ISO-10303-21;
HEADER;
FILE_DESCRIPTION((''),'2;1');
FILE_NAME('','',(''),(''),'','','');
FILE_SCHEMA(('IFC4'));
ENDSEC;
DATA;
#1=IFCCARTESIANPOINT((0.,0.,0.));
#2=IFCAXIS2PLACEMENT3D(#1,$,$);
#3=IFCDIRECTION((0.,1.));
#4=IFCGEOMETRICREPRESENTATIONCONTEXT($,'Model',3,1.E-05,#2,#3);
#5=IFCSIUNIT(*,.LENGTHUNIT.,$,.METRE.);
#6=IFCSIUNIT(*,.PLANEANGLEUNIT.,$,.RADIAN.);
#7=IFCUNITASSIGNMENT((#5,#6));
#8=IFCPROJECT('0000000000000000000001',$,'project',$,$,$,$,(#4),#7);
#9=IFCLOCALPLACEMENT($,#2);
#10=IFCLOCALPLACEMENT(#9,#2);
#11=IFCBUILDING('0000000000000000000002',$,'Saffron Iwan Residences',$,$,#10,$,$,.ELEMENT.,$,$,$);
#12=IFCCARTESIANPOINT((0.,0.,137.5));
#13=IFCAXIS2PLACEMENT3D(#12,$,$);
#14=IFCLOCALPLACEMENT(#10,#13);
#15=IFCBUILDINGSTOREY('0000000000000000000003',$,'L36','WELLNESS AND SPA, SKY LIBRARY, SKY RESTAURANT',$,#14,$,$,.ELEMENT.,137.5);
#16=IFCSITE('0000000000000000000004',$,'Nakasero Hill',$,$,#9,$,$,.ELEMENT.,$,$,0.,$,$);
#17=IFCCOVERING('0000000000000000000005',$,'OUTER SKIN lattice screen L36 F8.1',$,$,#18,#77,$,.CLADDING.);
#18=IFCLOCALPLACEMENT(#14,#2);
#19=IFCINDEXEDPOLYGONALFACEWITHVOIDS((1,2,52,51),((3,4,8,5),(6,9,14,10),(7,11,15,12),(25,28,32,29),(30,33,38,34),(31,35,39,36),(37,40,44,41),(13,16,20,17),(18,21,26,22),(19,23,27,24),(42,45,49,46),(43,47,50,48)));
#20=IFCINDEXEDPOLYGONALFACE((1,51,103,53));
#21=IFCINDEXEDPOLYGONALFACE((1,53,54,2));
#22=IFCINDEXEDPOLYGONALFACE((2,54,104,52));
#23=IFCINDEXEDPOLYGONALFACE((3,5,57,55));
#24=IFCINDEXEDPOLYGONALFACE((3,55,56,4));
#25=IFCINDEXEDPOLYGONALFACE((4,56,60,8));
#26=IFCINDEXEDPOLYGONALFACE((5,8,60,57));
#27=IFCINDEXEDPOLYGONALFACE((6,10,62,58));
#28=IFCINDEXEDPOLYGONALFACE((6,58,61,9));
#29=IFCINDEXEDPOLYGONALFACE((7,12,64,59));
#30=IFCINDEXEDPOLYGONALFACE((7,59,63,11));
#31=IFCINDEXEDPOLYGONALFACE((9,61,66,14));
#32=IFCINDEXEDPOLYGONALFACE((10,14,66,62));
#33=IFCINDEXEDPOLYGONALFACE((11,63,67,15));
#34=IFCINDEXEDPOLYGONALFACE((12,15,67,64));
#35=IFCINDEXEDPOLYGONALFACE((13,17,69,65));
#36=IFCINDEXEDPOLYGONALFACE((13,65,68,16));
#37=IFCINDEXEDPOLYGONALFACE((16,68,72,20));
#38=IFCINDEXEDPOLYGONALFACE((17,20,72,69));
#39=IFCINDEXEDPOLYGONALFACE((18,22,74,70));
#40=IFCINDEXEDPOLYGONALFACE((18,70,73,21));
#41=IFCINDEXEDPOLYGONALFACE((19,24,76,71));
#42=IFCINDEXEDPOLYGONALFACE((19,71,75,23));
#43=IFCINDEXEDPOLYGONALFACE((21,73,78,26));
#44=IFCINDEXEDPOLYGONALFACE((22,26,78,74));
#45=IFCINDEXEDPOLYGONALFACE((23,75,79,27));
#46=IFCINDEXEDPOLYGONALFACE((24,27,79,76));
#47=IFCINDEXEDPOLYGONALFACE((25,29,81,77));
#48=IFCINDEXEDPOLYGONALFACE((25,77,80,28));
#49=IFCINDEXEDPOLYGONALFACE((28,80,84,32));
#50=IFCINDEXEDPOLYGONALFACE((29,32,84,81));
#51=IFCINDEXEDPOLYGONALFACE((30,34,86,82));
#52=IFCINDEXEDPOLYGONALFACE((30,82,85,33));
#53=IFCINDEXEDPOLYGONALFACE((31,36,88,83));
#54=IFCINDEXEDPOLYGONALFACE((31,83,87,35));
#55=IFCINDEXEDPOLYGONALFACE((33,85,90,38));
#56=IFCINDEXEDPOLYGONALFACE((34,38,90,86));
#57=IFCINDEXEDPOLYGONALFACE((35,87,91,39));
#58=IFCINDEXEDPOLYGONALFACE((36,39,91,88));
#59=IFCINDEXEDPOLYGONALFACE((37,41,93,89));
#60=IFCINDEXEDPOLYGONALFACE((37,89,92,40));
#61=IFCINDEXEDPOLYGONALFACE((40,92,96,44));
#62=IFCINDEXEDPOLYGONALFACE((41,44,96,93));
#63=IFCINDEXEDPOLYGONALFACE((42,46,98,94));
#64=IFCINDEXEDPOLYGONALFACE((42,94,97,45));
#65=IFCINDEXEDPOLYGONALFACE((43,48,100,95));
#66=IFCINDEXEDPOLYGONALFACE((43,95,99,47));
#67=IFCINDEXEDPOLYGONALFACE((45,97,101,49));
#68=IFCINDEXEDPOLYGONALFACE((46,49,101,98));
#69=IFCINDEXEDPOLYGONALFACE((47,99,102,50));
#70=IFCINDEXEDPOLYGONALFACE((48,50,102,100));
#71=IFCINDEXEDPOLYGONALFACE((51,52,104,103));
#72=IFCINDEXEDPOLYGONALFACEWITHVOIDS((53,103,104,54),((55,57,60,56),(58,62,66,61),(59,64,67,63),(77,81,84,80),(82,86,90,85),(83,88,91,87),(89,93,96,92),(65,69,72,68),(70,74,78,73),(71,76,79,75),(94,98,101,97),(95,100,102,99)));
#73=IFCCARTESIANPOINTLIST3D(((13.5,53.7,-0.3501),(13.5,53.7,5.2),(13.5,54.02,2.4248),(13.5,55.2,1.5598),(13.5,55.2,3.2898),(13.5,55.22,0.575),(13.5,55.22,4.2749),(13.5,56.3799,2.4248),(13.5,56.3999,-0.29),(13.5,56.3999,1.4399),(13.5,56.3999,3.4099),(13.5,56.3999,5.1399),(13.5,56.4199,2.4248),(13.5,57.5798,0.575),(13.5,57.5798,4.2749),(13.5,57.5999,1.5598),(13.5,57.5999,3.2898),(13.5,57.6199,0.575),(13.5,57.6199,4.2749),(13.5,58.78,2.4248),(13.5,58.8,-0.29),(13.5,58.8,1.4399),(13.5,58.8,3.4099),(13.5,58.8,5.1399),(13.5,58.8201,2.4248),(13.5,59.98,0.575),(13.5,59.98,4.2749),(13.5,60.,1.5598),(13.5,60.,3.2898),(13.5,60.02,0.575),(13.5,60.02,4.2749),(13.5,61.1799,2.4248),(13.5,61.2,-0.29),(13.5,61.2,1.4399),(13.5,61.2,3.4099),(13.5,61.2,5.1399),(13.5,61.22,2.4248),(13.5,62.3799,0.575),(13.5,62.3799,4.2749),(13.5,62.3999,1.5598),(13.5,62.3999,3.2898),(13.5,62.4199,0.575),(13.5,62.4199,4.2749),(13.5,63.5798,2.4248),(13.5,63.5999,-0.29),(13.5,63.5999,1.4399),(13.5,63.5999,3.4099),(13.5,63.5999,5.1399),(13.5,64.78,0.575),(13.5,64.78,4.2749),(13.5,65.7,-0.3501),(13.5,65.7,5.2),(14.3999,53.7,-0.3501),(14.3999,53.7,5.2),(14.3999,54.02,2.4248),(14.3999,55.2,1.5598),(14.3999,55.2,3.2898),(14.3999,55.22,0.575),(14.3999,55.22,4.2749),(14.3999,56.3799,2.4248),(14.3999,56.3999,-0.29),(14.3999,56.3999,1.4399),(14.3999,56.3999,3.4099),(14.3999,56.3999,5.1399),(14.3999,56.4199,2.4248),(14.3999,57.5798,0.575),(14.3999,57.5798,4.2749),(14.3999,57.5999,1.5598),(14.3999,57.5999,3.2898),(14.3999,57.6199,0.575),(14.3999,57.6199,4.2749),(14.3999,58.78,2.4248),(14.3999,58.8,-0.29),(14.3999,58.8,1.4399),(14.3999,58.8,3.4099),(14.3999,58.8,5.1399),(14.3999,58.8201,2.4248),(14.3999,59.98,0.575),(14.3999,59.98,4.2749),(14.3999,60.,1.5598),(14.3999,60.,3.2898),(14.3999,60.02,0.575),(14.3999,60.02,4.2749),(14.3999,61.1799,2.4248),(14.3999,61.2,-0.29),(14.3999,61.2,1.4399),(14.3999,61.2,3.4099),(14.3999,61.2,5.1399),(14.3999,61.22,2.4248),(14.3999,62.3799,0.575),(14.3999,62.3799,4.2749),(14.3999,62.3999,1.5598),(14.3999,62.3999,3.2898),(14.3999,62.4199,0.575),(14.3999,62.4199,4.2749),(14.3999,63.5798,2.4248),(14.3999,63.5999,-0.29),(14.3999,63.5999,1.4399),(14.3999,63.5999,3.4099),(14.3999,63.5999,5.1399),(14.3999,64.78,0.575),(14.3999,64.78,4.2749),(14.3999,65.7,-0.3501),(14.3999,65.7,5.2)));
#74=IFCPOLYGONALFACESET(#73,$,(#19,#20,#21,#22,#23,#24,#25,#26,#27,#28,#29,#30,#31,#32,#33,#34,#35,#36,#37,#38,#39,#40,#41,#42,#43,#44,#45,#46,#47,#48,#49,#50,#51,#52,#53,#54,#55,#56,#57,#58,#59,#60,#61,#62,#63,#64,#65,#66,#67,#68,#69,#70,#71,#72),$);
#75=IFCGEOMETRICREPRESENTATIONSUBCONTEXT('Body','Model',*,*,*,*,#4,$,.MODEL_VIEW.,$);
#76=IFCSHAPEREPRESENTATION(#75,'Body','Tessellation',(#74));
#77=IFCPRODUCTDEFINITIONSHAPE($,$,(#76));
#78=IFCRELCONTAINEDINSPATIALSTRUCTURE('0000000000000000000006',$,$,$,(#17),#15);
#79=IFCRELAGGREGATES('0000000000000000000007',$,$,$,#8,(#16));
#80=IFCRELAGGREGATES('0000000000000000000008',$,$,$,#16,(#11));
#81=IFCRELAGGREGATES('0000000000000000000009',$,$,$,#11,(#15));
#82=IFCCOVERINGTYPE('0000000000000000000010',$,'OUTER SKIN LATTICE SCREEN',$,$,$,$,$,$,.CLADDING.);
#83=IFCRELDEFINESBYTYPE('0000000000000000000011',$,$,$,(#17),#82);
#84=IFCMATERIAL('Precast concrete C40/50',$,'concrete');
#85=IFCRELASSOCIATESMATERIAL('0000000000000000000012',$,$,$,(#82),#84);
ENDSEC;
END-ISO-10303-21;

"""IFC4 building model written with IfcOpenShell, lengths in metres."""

from ifc_helpers import new_model, si_unit, direction, frame, origin, place, context, subcontext, project, spatial, polyline, outline, extrude, material, type_object, element, save


model = new_model("IFC4")

# Units and contexts
model_context = context("Model", 3, precision=1e-05, world=origin(), true_north=direction((0.0, 1.0)))
body_context = subcontext(model_context, "Body", "Model", "MODEL_VIEW")
ifc_project = project(units=[si_unit("LENGTHUNIT", "METRE"), si_unit("PLANEANGLEUNIT", "RADIAN")], contexts=[model_context])

# Site, building, storey
site_placement = place(None, origin())
site = spatial("IfcSite", under=ifc_project, at=site_placement, Name="Nakasero Hill", CompositionType="ELEMENT", RefElevation=0.0)
building_placement = place(site_placement, origin())
building = spatial("IfcBuilding", under=site, at=building_placement, Name="Saffron Iwan Residences", CompositionType="ELEMENT")
storey_placement = place(building_placement, frame((0.0, 0.0, 137.5)))
storey = spatial("IfcBuildingStorey", under=building, at=storey_placement, Name="L36", Description="WELLNESS AND SPA, SKY LIBRARY, SKY RESTAURANT", CompositionType="ELEMENT", Elevation=137.5)

# Covering
ifc_material_1 = material(Name="Precast concrete C40/50", Category="concrete")
covering_type = type_object("IfcCoveringType", Name="OUTER SKIN LATTICE SCREEN", PredefinedType="CLADDING", material=ifc_material_1)
covering_placement = place(storey_placement, frame((14.3999, 65.7, -0.3501), z_axis=(-1.0, 0.0, 0.0), x_axis=(0.0, -1.0, 0.0)))
element("IfcCovering", 1, at=covering_placement, inside=storey, type_object=covering_type, Name="OUTER SKIN lattice screen L36 F8.1", PredefinedType="CLADDING", context=body_context, shape_type="SweptSolid", body=[
    extrude(outline(polyline([(0.0, 0.0), (12.0, 0.0), (12.0, 5.55), (0.0, 5.55), (0.0, 0.0)]), holes=[polyline([(0.9199, 0.925), (2.1001, 0.0601), (3.28, 0.925), (2.1001, 1.79), (0.9199, 0.925)]), polyline([(3.3201, 0.925), (4.5, 0.0601), (5.6799, 0.925), (4.5, 1.79), (3.3201, 0.925)]), polyline([(5.72, 0.925), (6.8999, 0.0601), (8.0801, 0.925), (6.8999, 1.79), (5.72, 0.925)]), polyline([(8.1201, 0.925), (9.3, 0.0601), (10.48, 0.925), (9.3, 1.79), (8.1201, 0.925)]), polyline([(2.1201, 2.7749), (3.3, 1.9099), (4.48, 2.7749), (3.3, 3.6399), (2.1201, 2.7749)]), polyline([(4.52, 2.7749), (5.7, 1.9099), (6.8799, 2.7749), (5.7, 3.6399), (4.52, 2.7749)]), polyline([(6.9199, 2.7749), (8.1001, 1.9099), (9.28, 2.7749), (8.1001, 3.6399), (6.9199, 2.7749)]), polyline([(9.3201, 2.7749), (10.5, 1.9099), (11.6799, 2.7749), (10.5, 3.6399), (9.3201, 2.7749)]), polyline([(0.9199, 4.625), (2.1001, 3.76), (3.28, 4.625), (2.1001, 5.49), (0.9199, 4.625)]), polyline([(3.3201, 4.625), (4.5, 3.76), (5.6799, 4.625), (4.5, 5.49), (3.3201, 4.625)]), polyline([(5.72, 4.625), (6.8999, 3.76), (8.0801, 4.625), (6.8999, 5.49), (5.72, 4.625)]), polyline([(8.1201, 4.625), (9.3, 3.76), (10.48, 4.625), (9.3, 5.49), (8.1201, 4.625)])]), origin(), (0.0, 0.0, 1.0), 0.8999),
])

save(model, "model.ifc")
